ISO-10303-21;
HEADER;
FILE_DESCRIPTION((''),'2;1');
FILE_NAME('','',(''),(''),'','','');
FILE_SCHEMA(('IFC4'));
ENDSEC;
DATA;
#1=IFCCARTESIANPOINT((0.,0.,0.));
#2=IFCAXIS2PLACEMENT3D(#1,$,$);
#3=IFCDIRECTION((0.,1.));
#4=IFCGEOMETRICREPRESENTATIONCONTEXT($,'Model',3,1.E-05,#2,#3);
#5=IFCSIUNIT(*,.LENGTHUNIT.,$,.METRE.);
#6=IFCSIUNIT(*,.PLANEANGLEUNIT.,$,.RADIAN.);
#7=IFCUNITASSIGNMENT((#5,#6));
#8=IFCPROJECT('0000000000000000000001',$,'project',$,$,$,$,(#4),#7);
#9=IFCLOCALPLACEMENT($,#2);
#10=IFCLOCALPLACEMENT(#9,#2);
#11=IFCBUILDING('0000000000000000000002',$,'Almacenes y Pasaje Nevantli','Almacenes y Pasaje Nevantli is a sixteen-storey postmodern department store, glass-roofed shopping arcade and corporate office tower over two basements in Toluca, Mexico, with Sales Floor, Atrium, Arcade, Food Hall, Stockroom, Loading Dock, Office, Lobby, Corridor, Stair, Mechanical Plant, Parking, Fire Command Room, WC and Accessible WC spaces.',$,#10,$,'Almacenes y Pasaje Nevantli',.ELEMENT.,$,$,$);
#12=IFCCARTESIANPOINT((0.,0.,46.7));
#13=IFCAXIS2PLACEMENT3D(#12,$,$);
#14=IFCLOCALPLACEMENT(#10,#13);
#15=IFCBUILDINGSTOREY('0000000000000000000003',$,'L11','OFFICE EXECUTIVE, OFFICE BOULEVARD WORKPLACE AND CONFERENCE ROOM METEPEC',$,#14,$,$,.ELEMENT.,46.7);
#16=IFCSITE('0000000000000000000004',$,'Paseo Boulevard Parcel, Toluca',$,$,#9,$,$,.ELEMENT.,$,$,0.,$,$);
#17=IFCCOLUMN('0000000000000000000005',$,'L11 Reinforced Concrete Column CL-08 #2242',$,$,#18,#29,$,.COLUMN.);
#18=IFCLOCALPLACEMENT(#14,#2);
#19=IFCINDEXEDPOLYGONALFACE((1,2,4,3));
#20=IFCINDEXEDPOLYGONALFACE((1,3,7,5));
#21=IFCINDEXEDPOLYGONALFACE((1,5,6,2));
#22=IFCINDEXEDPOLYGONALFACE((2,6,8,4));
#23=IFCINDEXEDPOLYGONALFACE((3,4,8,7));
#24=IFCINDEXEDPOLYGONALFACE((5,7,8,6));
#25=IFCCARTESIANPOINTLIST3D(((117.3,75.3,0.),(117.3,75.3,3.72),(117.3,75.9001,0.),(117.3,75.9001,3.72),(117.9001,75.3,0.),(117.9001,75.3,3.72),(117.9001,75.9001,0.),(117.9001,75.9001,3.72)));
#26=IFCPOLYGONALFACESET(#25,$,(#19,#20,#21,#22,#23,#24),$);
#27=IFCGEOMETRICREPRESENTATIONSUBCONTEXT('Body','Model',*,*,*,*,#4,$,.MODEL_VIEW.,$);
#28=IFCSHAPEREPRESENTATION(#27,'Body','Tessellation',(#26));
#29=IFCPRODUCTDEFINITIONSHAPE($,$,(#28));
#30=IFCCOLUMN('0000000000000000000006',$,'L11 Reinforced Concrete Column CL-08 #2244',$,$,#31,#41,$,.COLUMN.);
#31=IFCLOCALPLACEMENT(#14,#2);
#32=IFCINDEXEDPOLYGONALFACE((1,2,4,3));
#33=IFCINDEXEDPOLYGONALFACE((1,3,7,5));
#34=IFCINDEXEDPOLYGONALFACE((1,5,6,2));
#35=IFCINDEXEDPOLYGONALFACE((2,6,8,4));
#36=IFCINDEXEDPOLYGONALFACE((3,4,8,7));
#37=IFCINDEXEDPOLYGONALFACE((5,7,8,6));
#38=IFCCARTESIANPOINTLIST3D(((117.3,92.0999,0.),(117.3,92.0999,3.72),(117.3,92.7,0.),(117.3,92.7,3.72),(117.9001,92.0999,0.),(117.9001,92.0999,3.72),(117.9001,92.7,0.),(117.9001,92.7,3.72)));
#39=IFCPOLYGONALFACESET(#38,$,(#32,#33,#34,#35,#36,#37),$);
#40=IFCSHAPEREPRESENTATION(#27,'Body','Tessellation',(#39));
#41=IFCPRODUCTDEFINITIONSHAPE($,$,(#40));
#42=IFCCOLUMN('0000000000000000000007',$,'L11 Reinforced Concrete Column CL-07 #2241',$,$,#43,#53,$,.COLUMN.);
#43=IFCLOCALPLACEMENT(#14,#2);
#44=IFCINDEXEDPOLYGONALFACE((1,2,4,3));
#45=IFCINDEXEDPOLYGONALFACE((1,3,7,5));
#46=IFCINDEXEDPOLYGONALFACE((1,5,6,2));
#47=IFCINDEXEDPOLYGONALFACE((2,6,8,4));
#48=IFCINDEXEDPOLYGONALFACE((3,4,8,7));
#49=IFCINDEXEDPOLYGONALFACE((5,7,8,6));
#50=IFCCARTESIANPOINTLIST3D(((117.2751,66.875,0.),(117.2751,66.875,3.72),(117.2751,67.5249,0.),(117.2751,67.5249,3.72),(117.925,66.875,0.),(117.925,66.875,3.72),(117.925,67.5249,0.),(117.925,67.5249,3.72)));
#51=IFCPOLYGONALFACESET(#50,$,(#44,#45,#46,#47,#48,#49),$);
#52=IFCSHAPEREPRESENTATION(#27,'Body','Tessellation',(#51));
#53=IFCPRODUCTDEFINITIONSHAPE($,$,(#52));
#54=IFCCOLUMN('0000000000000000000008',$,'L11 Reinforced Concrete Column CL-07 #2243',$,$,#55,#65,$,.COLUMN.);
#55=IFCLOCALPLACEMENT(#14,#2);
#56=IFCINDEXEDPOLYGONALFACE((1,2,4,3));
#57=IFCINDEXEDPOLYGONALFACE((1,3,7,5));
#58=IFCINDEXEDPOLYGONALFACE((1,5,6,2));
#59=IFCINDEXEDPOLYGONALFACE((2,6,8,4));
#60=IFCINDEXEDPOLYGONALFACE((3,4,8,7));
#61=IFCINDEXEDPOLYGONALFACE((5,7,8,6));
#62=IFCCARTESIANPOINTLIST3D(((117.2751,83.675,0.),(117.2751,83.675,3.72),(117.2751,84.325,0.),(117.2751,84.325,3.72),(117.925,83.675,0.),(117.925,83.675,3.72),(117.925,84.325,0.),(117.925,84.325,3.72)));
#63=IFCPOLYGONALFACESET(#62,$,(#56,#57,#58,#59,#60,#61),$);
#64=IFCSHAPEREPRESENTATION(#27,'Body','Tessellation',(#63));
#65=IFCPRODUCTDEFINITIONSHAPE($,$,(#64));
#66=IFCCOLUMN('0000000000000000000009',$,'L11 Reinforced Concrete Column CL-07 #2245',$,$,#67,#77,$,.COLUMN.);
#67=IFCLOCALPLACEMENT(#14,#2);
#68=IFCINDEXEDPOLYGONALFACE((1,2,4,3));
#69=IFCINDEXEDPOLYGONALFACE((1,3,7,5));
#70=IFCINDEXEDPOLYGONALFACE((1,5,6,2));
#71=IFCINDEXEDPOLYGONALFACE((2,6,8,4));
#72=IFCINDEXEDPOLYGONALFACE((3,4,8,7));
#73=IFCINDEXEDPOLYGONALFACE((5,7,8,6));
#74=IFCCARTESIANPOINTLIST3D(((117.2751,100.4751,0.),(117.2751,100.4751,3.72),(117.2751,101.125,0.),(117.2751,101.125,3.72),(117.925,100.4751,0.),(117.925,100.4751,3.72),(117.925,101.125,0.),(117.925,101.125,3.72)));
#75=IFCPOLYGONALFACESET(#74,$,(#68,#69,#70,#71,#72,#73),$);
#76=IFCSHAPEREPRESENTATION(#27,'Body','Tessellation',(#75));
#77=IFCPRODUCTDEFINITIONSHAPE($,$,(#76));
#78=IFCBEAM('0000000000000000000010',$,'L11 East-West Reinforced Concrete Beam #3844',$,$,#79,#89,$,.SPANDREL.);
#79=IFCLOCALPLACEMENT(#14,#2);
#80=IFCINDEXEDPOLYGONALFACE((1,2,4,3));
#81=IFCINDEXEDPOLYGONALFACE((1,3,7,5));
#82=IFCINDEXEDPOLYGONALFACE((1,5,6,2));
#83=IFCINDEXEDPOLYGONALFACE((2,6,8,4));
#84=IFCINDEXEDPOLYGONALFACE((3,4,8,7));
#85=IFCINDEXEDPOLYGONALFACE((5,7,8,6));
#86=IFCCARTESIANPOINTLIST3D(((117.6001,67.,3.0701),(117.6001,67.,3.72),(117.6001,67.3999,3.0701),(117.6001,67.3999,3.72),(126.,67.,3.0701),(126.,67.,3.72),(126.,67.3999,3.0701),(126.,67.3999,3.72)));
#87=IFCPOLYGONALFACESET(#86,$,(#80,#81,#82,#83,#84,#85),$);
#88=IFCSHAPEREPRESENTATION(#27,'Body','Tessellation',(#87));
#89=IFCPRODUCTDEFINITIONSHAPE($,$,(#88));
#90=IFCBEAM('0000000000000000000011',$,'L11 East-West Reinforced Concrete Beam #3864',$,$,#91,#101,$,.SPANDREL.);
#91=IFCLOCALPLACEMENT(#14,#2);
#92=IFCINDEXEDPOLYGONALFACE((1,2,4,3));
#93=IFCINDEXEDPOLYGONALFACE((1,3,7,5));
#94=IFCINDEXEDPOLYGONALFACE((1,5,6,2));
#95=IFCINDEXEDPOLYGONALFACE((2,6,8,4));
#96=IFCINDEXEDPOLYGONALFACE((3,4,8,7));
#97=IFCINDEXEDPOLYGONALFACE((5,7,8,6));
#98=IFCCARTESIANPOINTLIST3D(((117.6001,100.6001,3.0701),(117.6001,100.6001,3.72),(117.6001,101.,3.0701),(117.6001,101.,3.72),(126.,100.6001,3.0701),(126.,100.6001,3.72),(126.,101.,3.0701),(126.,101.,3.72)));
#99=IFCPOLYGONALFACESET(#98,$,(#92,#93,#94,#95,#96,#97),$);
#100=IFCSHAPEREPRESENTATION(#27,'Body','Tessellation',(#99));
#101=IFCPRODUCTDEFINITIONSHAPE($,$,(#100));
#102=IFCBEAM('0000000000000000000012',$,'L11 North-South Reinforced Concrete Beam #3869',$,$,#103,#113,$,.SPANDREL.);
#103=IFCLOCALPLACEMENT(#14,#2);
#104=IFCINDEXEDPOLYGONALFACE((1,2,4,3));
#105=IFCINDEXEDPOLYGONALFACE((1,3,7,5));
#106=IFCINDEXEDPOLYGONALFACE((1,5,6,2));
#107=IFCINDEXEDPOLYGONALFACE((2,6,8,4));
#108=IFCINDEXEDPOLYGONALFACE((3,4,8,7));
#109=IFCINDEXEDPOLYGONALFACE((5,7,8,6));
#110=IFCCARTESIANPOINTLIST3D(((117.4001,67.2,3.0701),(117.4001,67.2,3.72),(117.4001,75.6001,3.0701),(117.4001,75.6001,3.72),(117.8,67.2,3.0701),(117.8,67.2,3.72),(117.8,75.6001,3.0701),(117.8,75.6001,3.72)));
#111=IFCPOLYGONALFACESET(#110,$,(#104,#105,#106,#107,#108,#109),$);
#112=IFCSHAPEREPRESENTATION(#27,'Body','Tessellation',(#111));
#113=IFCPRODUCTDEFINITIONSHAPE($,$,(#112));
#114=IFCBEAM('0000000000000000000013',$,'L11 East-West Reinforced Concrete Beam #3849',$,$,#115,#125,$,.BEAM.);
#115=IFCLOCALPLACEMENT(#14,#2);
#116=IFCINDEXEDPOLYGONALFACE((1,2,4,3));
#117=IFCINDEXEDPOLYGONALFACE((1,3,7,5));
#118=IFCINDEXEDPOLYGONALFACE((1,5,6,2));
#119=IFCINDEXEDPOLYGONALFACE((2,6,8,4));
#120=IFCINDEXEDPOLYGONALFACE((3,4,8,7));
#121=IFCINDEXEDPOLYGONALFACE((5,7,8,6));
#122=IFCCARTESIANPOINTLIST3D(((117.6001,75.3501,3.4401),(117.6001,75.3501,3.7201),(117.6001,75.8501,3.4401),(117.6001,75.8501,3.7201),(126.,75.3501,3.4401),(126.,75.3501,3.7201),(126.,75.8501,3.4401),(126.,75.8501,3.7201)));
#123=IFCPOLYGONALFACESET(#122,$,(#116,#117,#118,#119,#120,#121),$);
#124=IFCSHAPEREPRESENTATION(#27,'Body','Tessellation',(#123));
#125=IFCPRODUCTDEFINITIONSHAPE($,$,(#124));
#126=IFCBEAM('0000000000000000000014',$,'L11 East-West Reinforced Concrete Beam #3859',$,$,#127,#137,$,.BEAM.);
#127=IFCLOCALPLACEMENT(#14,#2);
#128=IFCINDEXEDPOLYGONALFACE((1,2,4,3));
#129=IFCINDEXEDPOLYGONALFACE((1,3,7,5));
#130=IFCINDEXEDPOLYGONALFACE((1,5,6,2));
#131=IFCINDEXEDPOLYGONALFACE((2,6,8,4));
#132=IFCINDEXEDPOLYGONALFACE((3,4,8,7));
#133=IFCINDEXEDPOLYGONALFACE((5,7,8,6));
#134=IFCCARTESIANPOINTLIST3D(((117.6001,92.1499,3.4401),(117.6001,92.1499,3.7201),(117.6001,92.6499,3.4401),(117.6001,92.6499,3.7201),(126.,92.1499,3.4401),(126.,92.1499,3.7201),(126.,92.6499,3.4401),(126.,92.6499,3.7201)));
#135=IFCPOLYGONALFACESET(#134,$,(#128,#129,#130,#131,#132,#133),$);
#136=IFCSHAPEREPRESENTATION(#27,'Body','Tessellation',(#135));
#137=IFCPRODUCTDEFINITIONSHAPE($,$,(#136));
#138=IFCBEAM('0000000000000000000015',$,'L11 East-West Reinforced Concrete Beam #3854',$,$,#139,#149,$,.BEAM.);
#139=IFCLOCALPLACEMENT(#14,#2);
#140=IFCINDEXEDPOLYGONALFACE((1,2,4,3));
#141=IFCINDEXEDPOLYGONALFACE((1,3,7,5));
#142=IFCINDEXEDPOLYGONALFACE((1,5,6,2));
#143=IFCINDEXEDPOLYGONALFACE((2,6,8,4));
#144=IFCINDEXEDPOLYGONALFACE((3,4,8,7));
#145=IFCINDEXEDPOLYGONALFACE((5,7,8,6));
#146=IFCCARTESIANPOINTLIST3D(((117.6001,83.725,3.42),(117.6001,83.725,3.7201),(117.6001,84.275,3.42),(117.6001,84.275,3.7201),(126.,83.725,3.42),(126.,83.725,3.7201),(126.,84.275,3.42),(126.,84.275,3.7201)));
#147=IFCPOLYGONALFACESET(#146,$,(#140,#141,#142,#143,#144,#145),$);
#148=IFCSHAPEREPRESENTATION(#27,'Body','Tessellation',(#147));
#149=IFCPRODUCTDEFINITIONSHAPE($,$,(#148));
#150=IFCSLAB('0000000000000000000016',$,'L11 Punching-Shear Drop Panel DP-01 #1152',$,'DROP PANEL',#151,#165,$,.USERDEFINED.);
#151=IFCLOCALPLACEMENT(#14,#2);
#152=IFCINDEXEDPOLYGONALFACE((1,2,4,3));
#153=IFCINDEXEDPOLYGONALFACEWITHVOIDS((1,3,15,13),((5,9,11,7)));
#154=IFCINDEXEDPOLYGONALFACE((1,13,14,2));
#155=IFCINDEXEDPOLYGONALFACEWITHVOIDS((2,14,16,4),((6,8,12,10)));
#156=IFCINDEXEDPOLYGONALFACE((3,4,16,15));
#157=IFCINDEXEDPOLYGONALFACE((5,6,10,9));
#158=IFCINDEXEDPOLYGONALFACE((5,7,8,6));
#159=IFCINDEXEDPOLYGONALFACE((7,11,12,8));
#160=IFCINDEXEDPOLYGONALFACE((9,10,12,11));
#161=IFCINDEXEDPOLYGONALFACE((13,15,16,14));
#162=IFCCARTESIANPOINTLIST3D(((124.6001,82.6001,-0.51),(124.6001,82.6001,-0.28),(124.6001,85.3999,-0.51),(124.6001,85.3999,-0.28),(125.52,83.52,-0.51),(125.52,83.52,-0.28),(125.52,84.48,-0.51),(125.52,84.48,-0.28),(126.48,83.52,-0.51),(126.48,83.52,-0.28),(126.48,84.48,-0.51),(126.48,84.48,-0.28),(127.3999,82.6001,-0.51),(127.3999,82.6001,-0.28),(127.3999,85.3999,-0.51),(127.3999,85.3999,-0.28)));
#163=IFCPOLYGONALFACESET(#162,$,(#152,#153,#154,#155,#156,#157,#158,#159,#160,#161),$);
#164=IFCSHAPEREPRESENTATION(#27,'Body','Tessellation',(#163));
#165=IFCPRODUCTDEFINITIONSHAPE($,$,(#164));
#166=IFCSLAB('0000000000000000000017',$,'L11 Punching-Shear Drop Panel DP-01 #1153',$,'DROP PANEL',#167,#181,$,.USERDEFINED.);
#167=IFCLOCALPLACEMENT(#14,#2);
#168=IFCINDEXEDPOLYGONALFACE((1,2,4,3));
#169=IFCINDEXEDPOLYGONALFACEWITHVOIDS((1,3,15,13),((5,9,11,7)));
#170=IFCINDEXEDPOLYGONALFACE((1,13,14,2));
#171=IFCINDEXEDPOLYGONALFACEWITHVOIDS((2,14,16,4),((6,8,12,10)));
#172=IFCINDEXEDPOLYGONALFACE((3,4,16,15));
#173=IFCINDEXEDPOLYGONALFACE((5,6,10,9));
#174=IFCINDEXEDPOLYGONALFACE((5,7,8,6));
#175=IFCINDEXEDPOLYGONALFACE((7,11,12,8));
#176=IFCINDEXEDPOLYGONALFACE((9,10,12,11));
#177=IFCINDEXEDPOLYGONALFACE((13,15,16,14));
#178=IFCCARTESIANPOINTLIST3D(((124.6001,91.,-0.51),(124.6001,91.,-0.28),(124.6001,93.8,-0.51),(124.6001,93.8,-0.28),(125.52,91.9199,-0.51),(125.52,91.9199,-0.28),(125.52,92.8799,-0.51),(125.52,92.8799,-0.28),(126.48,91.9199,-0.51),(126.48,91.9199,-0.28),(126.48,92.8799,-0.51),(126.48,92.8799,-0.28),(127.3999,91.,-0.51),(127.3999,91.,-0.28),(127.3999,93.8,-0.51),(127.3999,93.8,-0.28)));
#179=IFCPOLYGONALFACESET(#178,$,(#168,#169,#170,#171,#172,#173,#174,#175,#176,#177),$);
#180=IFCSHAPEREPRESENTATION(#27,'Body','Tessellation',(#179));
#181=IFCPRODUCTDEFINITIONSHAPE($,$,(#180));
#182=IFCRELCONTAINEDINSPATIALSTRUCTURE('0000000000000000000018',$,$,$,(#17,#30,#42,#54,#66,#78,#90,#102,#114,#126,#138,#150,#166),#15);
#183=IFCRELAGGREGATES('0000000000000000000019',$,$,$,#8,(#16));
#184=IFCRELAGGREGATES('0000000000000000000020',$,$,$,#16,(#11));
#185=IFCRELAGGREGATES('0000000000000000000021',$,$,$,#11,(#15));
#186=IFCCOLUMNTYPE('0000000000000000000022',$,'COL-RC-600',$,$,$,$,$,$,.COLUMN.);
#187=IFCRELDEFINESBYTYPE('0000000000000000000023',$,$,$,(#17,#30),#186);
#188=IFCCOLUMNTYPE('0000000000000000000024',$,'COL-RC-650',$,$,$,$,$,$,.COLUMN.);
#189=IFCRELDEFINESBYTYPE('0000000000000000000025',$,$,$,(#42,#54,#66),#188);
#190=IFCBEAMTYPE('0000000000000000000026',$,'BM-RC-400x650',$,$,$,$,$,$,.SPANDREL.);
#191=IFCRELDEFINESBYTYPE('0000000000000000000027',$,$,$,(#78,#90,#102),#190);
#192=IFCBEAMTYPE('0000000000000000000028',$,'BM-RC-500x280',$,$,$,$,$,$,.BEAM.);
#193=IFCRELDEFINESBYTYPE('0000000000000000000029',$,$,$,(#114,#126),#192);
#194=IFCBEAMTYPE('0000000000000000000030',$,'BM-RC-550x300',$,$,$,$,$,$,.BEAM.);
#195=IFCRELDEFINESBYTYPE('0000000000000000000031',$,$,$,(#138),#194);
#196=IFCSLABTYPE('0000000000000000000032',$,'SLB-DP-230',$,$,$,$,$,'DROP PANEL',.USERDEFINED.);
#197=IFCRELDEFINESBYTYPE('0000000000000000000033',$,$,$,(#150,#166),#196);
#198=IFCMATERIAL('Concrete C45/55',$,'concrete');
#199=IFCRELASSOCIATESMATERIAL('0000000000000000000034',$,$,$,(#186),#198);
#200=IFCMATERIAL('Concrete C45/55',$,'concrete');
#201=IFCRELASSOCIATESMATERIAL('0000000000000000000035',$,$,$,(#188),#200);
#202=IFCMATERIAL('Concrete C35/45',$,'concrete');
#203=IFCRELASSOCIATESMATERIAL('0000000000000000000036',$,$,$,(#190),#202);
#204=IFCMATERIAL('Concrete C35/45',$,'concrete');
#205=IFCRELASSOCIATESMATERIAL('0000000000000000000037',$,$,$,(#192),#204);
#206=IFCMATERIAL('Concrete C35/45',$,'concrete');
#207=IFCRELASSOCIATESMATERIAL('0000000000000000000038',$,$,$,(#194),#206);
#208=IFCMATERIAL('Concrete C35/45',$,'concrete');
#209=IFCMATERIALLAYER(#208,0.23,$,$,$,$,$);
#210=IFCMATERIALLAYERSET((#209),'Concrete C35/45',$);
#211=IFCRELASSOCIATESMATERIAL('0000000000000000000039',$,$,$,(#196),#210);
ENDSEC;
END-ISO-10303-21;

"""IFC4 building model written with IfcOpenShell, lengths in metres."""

from ifc_helpers import new_model, si_unit, direction, frame, origin, origin_2d, place, context, subcontext, project, spatial, polyline, rectangle, outline, extrude, material, layer, layer_set, material_profile, profile_set, type_object, element, save


model = new_model("IFC4")

# Units and contexts
model_context = context("Model", 3, precision=1e-05, world=origin(), true_north=direction((0.0, 1.0)))
body_context = subcontext(model_context, "Body", "Model", "MODEL_VIEW")
ifc_project = project(units=[si_unit("LENGTHUNIT", "METRE"), si_unit("PLANEANGLEUNIT", "RADIAN")], contexts=[model_context])

# Site, building, storey
site_placement = place(None, origin())
site = spatial("IfcSite", under=ifc_project, at=site_placement, Name="Paseo Boulevard Parcel, Toluca", CompositionType="ELEMENT", RefElevation=0.0)
building_placement = place(site_placement, origin())
building = spatial("IfcBuilding", under=site, at=building_placement, Name="Almacenes y Pasaje Nevantli", Description="Almacenes y Pasaje Nevantli is a sixteen-storey postmodern department store, glass-roofed shopping arcade and corporate office tower over two basements in Toluca, Mexico, with Sales Floor, Atrium, Arcade, Food Hall, Stockroom, Loading Dock, Office, Lobby, Corridor, Stair, Mechanical Plant, Parking, Fire Command Room, WC and Accessible WC spaces.", LongName="Almacenes y Pasaje Nevantli", CompositionType="ELEMENT")
storey_placement = place(building_placement, frame((0.0, 0.0, 46.7)))
storey = spatial("IfcBuildingStorey", under=building, at=storey_placement, Name="L11", Description="OFFICE EXECUTIVE, OFFICE BOULEVARD WORKPLACE AND CONFERENCE ROOM METEPEC", CompositionType="ELEMENT", Elevation=46.7)

# Columns
ifc_material_1 = material(Name="Concrete C45/55", Category="concrete")
ifc_material_profile_1 = material_profile(ifc_material_1, rectangle(XDim=0.6001, YDim=0.6001, at=origin_2d()), Name="RC-COL-600x600")
ifc_profile_set_1 = profile_set([ifc_material_profile_1], Name="Concrete C45/55")
column_type_1 = type_object("IfcColumnType", Name="COL-RC-600", PredefinedType="COLUMN", material=ifc_profile_set_1)
for number, where, z_axis, x_axis, name in (
    (1, (117.6001, 75.6001, 0.0), (0.0, 0.0, 1.0), (1.0, 0.0, 0.0), "L11 Reinforced Concrete Column CL-08 #2242"),
    (2, (117.6001, 92.3999, 0.0), (0.0, 0.0, 1.0), (1.0, 0.0, 0.0), "L11 Reinforced Concrete Column CL-08 #2244"),
):
    element("IfcColumn", number, at=place(storey_placement, frame(where, z_axis=z_axis, x_axis=x_axis)), inside=storey, type_object=column_type_1, Name=name, PredefinedType="COLUMN", context=body_context, shape_type="SweptSolid", body=[
        extrude(rectangle(XDim=0.6001, YDim=0.6001, at=origin_2d()), origin(), (0.0, 0.0, 1.0), 3.72),
    ])
ifc_material_2 = material(Name="Concrete C45/55", Category="concrete")
ifc_material_profile_2 = material_profile(ifc_material_2, rectangle(XDim=0.6499, YDim=0.6499, at=origin_2d()), Name="RC-COL-650x650")
ifc_profile_set_2 = profile_set([ifc_material_profile_2], Name="Concrete C45/55")
column_type_2 = type_object("IfcColumnType", Name="COL-RC-650", PredefinedType="COLUMN", material=ifc_profile_set_2)
for number, where, z_axis, x_axis, name in (
    (3, (117.6001, 67.2, 0.0), (0.0, 0.0, 1.0), (1.0, 0.0, 0.0), "L11 Reinforced Concrete Column CL-07 #2241"),
    (4, (117.6001, 84.0, 0.0), (0.0, 0.0, 1.0), (1.0, 0.0, 0.0), "L11 Reinforced Concrete Column CL-07 #2243"),
    (5, (117.6001, 100.8, 0.0), (0.0, 0.0, 1.0), (1.0, 0.0, 0.0), "L11 Reinforced Concrete Column CL-07 #2245"),
):
    element("IfcColumn", number, at=place(storey_placement, frame(where, z_axis=z_axis, x_axis=x_axis)), inside=storey, type_object=column_type_2, Name=name, PredefinedType="COLUMN", context=body_context, shape_type="SweptSolid", body=[
        extrude(rectangle(XDim=0.6499, YDim=0.6499, at=origin_2d()), origin(), (0.0, 0.0, 1.0), 3.72),
    ])

# Beams
ifc_material_3 = material(Name="Concrete C35/45", Category="concrete")
ifc_material_profile_3 = material_profile(ifc_material_3, rectangle(XDim=0.3999, YDim=0.6499, at=origin_2d()), Name="RC-BM-400x650")
ifc_profile_set_3 = profile_set([ifc_material_profile_3], Name="Concrete C35/45")
beam_type_1 = type_object("IfcBeamType", Name="BM-RC-400x650", PredefinedType="SPANDREL", material=ifc_profile_set_3)
for number, where, z_axis, x_axis, name in (
    (6, (117.6001, 67.2, 3.395), (1.0, 0.0, 0.0), (0.0, 1.0, 0.0), "L11 East-West Reinforced Concrete Beam #3844"),
    (7, (117.6001, 100.8, 3.395), (1.0, 0.0, 0.0), (0.0, 1.0, 0.0), "L11 East-West Reinforced Concrete Beam #3864"),
):
    element("IfcBeam", number, at=place(storey_placement, frame(where, z_axis=z_axis, x_axis=x_axis)), inside=storey, type_object=beam_type_1, Name=name, PredefinedType="SPANDREL", context=body_context, shape_type="SweptSolid", body=[
        extrude(rectangle(XDim=0.3999, YDim=0.6499, at=origin_2d()), origin(), (0.0, 0.0, 1.0), 8.3999),
    ])
beam_1_placement = place(storey_placement, frame((117.6001, 67.2, 3.395), z_axis=(0.0, 1.0, 0.0), x_axis=(-1.0, 0.0, 0.0)))
element("IfcBeam", 8, at=beam_1_placement, inside=storey, type_object=beam_type_1, Name="L11 North-South Reinforced Concrete Beam #3869", PredefinedType="SPANDREL", context=body_context, shape_type="SweptSolid", body=[
    extrude(rectangle(XDim=0.3999, YDim=0.6499, at=origin_2d()), origin(), (0.0, 0.0, 1.0), 8.4001),
])
ifc_material_4 = material(Name="Concrete C35/45", Category="concrete")
ifc_material_profile_4 = material_profile(ifc_material_4, rectangle(XDim=0.5, YDim=0.28, at=origin_2d()), Name="RC-BM-500x280")
ifc_profile_set_4 = profile_set([ifc_material_profile_4], Name="Concrete C35/45")
beam_type_2 = type_object("IfcBeamType", Name="BM-RC-500x280", PredefinedType="BEAM", material=ifc_profile_set_4)
for number, where, z_axis, x_axis, name in (
    (9, (117.6001, 75.6001, 3.5801), (1.0, 0.0, 0.0), (0.0, 1.0, 0.0), "L11 East-West Reinforced Concrete Beam #3849"),
    (10, (117.6001, 92.3999, 3.5801), (1.0, 0.0, 0.0), (0.0, 1.0, 0.0), "L11 East-West Reinforced Concrete Beam #3859"),
):
    element("IfcBeam", number, at=place(storey_placement, frame(where, z_axis=z_axis, x_axis=x_axis)), inside=storey, type_object=beam_type_2, Name=name, PredefinedType="BEAM", context=body_context, shape_type="SweptSolid", body=[
        extrude(rectangle(XDim=0.5, YDim=0.28, at=origin_2d()), origin(), (0.0, 0.0, 1.0), 8.3999),
    ])
ifc_material_5 = material(Name="Concrete C35/45", Category="concrete")
ifc_material_profile_5 = material_profile(ifc_material_5, rectangle(XDim=0.55, YDim=0.3, at=origin_2d()), Name="RC-BM-550x300")
ifc_profile_set_5 = profile_set([ifc_material_profile_5], Name="Concrete C35/45")
beam_type_3 = type_object("IfcBeamType", Name="BM-RC-550x300", PredefinedType="BEAM", material=ifc_profile_set_5)
beam_2_placement = place(storey_placement, frame((117.6001, 84.0, 3.5701), z_axis=(1.0, 0.0, 0.0), x_axis=(0.0, 1.0, 0.0)))
element("IfcBeam", 11, at=beam_2_placement, inside=storey, type_object=beam_type_3, Name="L11 East-West Reinforced Concrete Beam #3854", PredefinedType="BEAM", context=body_context, shape_type="SweptSolid", body=[
    extrude(rectangle(XDim=0.55, YDim=0.3, at=origin_2d()), origin(), (0.0, 0.0, 1.0), 8.3999),
])

# Slabs
ifc_material_6 = material(Name="Concrete C35/45", Category="concrete")
ifc_layer_1 = layer(ifc_material_6, 0.23)
ifc_layer_set_1 = layer_set([ifc_layer_1], Name="Concrete C35/45")
slab_type_1 = type_object("IfcSlabType", Name="SLB-DP-230", ElementType="DROP PANEL", PredefinedType="USERDEFINED", material=ifc_layer_set_1)
slab_1_placement = place(storey_placement, frame((0.0, 0.0, -0.51)))
element("IfcSlab", 12, at=slab_1_placement, inside=storey, type_object=slab_type_1, Name="L11 Punching-Shear Drop Panel DP-01 #1152", ObjectType="DROP PANEL", PredefinedType="USERDEFINED", context=body_context, shape_type="SweptSolid", body=[
    extrude(outline(polyline([(124.6001, 82.6001), (127.3999, 82.6001), (127.3999, 85.3999), (124.6001, 85.3999), (124.6001, 82.6001)]), holes=[polyline([(125.52, 83.52), (126.48, 83.52), (126.48, 84.48), (125.52, 84.48), (125.52, 83.52)])]), origin(), (0.0, 0.0, 1.0), 0.23),
])
slab_2_placement = place(storey_placement, frame((0.0, 0.0, -0.51)))
element("IfcSlab", 13, at=slab_2_placement, inside=storey, type_object=slab_type_1, Name="L11 Punching-Shear Drop Panel DP-01 #1153", ObjectType="DROP PANEL", PredefinedType="USERDEFINED", context=body_context, shape_type="SweptSolid", body=[
    extrude(outline(polyline([(124.6001, 91.0), (127.3999, 91.0), (127.3999, 93.8), (124.6001, 93.8), (124.6001, 91.0)]), holes=[polyline([(125.52, 91.9199), (126.48, 91.9199), (126.48, 92.8799), (125.52, 92.8799), (125.52, 91.9199)])]), origin(), (0.0, 0.0, 1.0), 0.23),
])

save(model, "model.ifc")
